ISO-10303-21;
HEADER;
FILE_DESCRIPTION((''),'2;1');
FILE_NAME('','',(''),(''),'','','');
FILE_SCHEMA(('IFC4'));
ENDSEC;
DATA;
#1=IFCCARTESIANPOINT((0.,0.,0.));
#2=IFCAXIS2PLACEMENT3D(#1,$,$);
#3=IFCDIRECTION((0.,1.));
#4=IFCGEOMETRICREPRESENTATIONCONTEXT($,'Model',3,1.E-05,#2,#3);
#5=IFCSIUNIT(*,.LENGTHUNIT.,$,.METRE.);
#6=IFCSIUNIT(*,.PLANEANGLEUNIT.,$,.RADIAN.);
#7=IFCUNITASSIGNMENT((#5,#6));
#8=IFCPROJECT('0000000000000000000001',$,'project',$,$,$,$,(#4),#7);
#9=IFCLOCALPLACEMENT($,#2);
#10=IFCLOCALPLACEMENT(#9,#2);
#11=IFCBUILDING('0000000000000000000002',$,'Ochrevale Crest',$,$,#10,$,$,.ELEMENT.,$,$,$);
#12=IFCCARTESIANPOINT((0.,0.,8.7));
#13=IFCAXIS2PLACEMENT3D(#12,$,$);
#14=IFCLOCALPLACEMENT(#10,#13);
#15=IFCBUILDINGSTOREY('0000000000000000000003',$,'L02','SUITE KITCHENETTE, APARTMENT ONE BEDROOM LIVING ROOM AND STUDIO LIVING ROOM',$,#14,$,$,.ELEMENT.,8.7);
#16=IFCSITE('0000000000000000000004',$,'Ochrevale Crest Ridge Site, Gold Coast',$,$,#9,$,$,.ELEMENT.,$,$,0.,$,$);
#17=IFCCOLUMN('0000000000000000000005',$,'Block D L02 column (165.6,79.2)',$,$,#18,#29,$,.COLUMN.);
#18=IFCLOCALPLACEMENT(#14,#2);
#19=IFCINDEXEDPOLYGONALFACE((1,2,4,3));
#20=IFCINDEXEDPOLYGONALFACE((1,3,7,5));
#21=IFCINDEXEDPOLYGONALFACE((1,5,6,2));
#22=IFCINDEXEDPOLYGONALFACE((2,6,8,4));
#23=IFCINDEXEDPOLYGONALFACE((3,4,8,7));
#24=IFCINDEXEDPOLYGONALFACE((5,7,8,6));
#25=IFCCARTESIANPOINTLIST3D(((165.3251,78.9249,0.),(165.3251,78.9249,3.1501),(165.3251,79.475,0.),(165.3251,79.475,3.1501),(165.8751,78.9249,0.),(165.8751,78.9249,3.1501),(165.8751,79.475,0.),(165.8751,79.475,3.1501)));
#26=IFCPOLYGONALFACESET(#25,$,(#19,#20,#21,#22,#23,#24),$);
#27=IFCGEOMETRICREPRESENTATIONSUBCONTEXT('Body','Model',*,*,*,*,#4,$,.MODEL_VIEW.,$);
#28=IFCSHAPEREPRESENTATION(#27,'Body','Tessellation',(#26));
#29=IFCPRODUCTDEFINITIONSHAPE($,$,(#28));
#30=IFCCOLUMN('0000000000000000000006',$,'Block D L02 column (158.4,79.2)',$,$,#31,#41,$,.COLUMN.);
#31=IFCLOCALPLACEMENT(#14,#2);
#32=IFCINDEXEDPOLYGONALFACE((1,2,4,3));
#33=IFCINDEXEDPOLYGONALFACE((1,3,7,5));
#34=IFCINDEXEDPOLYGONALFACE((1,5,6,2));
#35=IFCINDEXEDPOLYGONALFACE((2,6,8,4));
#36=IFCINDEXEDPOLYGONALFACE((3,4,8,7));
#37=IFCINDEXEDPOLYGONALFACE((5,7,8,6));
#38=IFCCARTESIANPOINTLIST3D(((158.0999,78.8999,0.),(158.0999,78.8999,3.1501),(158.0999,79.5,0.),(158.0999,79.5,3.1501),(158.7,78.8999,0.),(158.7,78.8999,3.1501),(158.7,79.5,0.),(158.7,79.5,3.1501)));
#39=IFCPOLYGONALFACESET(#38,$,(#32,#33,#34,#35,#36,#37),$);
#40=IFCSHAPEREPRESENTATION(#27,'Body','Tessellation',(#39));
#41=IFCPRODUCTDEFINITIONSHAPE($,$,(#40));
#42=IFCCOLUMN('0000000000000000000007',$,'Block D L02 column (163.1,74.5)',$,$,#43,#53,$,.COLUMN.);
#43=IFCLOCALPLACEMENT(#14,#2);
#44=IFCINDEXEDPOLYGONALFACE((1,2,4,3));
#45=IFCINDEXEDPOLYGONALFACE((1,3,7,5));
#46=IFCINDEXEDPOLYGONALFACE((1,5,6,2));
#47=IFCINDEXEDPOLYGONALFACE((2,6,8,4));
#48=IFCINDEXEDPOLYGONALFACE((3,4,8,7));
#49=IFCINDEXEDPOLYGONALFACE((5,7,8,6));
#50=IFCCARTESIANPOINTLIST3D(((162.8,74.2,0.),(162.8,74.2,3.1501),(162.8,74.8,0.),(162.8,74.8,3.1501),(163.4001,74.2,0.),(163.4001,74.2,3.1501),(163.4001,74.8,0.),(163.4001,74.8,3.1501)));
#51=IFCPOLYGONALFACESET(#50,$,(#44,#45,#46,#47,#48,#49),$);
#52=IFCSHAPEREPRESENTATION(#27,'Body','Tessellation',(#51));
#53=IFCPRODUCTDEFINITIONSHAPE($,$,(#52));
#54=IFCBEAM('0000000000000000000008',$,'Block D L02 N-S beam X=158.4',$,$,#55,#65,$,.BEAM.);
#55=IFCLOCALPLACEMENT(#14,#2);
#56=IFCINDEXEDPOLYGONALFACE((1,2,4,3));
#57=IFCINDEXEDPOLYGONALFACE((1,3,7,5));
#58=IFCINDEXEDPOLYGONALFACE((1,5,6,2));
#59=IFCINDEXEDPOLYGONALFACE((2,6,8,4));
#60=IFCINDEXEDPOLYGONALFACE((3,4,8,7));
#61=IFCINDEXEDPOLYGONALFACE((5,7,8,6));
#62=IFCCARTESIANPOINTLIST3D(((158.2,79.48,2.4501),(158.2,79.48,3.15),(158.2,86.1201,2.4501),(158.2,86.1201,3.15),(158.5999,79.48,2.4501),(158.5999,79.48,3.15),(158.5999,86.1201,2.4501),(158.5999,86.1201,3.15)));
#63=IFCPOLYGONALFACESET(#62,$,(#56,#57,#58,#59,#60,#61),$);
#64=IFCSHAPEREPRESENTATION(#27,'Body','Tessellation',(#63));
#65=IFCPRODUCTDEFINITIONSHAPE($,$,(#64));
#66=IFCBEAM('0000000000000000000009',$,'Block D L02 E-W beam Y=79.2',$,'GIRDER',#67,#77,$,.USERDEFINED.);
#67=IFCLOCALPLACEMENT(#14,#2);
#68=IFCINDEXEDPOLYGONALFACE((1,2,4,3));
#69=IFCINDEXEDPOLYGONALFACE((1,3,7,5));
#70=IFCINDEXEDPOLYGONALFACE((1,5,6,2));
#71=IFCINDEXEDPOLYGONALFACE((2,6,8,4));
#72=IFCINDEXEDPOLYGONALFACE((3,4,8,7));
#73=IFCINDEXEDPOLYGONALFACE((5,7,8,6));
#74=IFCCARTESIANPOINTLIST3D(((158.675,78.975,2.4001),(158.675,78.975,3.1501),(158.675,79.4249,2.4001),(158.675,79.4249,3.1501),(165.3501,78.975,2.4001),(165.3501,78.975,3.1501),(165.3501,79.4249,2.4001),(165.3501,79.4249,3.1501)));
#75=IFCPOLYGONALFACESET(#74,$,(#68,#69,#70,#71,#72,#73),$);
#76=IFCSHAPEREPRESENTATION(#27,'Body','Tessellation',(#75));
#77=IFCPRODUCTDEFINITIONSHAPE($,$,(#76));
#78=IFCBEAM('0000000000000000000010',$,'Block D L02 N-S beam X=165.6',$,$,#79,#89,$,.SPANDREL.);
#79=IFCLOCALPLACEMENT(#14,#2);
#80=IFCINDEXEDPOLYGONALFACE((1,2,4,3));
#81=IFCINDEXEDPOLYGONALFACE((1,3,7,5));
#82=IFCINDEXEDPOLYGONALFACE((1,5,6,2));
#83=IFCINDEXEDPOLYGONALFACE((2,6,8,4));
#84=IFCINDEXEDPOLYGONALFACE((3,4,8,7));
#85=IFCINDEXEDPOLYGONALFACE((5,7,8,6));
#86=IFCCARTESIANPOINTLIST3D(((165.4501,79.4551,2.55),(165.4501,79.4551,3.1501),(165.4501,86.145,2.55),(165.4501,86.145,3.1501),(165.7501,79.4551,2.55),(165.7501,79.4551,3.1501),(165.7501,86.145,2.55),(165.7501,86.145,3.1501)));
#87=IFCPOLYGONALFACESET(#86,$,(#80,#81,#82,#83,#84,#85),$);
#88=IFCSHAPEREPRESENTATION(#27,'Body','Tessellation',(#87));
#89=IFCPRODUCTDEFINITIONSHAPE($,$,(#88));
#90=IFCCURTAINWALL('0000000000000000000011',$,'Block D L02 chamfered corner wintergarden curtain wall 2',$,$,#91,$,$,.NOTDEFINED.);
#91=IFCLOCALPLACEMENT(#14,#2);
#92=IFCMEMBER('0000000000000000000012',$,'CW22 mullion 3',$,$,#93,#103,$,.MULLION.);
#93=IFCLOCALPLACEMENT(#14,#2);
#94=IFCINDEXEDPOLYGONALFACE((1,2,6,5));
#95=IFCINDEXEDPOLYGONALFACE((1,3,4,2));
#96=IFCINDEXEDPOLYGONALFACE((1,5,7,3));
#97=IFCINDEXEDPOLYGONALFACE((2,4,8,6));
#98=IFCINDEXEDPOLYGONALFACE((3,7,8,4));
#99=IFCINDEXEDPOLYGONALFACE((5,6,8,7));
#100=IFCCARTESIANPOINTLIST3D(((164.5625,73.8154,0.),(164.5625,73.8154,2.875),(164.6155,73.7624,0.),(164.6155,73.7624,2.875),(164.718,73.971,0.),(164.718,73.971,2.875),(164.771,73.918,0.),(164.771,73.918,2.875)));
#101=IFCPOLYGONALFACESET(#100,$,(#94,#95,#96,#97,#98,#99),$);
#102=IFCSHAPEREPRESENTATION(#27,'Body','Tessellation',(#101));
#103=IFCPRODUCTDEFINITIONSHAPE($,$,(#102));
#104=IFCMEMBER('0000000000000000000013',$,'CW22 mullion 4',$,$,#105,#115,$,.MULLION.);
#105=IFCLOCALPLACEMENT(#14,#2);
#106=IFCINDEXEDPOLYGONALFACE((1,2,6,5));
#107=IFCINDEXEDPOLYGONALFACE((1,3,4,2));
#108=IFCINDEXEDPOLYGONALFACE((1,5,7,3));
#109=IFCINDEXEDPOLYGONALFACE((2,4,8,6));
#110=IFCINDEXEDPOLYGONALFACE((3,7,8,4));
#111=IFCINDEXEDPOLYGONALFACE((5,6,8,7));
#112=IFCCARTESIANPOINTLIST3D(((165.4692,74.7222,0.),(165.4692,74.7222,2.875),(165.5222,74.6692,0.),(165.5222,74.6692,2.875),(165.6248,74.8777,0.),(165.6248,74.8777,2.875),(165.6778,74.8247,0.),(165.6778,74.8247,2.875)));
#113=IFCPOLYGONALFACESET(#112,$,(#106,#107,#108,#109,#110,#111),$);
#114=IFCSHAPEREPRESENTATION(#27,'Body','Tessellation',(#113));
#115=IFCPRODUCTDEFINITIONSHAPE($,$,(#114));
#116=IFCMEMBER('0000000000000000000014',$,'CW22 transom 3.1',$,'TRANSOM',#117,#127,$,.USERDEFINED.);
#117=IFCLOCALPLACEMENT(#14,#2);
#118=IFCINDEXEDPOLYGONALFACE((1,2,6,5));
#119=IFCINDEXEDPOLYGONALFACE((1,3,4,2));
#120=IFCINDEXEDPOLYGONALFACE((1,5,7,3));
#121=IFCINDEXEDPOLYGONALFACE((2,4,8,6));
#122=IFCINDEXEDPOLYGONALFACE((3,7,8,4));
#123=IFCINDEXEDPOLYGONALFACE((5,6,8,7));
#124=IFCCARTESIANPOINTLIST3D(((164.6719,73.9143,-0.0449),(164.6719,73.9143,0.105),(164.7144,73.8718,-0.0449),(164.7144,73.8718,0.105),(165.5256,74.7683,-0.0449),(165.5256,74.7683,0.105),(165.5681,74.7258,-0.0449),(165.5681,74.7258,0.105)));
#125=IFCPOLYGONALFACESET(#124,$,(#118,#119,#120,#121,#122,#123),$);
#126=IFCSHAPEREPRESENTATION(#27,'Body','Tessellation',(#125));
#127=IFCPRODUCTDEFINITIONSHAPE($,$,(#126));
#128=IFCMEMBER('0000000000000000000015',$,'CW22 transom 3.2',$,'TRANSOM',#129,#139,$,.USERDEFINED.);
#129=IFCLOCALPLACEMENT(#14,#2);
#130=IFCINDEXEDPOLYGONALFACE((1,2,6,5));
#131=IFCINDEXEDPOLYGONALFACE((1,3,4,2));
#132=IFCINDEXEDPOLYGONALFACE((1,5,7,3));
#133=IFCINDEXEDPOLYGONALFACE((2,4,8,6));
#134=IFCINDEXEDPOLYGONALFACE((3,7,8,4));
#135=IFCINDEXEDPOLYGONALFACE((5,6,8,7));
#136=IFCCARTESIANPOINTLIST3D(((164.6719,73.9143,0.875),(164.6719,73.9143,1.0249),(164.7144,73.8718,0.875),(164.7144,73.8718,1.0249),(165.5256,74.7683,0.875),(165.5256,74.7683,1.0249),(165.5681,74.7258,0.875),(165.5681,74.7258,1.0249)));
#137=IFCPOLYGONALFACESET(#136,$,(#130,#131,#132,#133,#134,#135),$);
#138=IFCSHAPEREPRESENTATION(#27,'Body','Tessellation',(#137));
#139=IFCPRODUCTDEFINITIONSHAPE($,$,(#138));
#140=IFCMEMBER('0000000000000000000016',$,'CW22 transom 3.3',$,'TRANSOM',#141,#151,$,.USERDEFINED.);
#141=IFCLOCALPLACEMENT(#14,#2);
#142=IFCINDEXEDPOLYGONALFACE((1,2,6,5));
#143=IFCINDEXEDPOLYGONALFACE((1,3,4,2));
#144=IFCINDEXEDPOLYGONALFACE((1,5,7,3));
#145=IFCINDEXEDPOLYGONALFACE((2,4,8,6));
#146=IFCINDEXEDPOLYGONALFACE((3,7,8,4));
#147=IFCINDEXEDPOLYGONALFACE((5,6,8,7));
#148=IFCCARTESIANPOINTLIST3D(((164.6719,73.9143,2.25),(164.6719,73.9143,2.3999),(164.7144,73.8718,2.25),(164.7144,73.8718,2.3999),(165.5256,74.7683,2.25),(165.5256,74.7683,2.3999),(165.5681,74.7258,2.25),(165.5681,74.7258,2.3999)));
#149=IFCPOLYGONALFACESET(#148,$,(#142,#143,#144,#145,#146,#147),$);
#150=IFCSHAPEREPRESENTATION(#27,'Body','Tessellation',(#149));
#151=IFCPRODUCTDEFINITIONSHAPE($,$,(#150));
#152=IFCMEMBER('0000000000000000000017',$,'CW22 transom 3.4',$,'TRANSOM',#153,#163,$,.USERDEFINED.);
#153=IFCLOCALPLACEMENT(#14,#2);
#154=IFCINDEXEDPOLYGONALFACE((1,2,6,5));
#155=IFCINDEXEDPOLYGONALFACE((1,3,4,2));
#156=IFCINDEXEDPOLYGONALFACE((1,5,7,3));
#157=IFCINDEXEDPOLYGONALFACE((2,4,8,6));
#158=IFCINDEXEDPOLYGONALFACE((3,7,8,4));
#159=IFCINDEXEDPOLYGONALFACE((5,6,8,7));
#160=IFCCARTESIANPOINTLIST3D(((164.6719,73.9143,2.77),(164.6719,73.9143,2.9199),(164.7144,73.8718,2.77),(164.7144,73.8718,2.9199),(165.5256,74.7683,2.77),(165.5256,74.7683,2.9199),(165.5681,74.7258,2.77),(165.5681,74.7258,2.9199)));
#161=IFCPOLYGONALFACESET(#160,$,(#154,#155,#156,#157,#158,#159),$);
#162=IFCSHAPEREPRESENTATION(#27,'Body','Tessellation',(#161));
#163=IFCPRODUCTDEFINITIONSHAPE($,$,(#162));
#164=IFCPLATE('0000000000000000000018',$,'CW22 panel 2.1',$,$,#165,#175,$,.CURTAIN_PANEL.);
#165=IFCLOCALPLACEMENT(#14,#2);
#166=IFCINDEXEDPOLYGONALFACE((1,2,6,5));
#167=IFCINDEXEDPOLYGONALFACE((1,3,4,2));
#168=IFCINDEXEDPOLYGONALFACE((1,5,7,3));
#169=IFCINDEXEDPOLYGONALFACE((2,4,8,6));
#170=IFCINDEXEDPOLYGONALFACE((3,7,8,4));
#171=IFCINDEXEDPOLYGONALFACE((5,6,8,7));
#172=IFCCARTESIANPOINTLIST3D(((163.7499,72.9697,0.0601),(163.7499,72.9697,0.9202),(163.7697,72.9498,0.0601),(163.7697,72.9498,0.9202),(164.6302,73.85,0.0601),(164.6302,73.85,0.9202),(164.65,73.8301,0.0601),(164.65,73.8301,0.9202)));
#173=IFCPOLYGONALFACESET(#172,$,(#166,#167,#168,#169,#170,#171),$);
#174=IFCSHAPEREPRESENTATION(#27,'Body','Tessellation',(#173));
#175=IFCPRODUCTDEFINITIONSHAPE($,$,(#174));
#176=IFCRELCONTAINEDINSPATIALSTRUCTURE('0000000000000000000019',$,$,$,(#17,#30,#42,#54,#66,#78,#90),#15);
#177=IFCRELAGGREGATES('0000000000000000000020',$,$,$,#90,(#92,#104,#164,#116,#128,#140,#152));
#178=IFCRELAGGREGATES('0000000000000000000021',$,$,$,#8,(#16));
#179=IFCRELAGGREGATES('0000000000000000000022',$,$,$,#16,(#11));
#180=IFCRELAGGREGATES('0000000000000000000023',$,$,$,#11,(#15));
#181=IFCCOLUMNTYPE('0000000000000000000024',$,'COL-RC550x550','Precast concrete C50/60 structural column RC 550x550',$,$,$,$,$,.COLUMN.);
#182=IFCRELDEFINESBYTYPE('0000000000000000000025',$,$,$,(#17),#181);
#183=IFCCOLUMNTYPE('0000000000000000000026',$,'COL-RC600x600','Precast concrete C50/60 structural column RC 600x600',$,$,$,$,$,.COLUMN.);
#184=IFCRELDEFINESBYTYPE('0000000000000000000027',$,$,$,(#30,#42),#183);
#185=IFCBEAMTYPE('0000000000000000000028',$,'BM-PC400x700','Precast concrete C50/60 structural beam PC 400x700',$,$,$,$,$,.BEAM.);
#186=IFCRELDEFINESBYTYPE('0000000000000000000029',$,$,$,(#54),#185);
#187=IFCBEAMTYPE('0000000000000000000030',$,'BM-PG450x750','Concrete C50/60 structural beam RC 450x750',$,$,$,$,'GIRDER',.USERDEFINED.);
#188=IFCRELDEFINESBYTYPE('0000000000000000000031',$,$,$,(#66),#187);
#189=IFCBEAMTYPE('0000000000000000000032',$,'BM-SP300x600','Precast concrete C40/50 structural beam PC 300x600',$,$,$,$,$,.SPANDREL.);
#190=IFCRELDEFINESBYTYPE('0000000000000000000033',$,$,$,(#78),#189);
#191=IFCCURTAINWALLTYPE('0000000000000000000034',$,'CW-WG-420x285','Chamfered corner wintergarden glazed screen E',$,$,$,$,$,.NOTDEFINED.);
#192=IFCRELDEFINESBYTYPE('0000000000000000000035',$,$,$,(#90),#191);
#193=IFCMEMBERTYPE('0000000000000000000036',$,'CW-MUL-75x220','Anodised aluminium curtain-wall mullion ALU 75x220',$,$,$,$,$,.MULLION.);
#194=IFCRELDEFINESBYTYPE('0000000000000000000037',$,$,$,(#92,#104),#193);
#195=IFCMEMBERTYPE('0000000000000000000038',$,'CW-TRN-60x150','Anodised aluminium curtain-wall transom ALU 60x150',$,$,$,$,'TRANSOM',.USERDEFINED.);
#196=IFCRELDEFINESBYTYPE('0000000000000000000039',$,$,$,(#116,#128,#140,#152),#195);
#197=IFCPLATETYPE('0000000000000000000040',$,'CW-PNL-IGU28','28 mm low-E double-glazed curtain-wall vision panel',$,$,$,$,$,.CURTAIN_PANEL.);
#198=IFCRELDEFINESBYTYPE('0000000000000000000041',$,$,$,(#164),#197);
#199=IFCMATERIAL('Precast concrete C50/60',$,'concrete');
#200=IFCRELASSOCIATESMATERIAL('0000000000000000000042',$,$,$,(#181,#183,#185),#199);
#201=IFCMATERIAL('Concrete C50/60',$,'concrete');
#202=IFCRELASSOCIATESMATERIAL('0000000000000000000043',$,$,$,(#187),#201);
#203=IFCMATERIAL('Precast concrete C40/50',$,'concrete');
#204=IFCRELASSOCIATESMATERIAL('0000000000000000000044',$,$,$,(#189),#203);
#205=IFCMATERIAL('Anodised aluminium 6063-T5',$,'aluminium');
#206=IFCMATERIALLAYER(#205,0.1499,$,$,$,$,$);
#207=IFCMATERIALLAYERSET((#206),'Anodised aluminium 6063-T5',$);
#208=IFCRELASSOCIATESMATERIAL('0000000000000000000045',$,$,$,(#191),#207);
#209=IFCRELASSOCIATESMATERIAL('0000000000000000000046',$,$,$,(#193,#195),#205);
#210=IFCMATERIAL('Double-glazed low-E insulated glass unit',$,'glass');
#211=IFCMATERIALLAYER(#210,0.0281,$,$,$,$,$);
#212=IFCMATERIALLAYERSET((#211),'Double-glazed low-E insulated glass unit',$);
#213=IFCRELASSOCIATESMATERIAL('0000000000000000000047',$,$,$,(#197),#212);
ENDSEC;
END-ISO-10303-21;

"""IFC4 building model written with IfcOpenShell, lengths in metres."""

from ifc_helpers import new_model, si_unit, direction, frame, origin, origin_2d, place, context, subcontext, project, spatial, rectangle, extrude, material, layer, layer_set, material_profile, profile_set, type_object, element, aggregate, save


model = new_model("IFC4")

# Units and contexts
model_context = context("Model", 3, precision=1e-05, world=origin(), true_north=direction((0.0, 1.0)))
body_context = subcontext(model_context, "Body", "Model", "MODEL_VIEW")
ifc_project = project(units=[si_unit("LENGTHUNIT", "METRE"), si_unit("PLANEANGLEUNIT", "RADIAN")], contexts=[model_context])

# Site, building, storey
site_placement = place(None, origin())
site = spatial("IfcSite", under=ifc_project, at=site_placement, Name="Ochrevale Crest Ridge Site, Gold Coast", CompositionType="ELEMENT", RefElevation=0.0)
building_placement = place(site_placement, origin())
building = spatial("IfcBuilding", under=site, at=building_placement, Name="Ochrevale Crest", CompositionType="ELEMENT")
storey_placement = place(building_placement, frame((0.0, 0.0, 8.7)))
storey = spatial("IfcBuildingStorey", under=building, at=storey_placement, Name="L02", Description="SUITE KITCHENETTE, APARTMENT ONE BEDROOM LIVING ROOM AND STUDIO LIVING ROOM", CompositionType="ELEMENT", Elevation=8.7)

# Columns
ifc_material_1 = material(Name="Precast concrete C50/60", Category="concrete")
ifc_material_profile_1 = material_profile(ifc_material_1, rectangle(XDim=0.55, YDim=0.55, at=origin_2d()), Name="RC 550x550")
ifc_profile_set_1 = profile_set([ifc_material_profile_1], Name="Precast concrete C50/60")
column_type_1 = type_object("IfcColumnType", Name="COL-RC550x550", Description="Precast concrete C50/60 structural column RC 550x550", PredefinedType="COLUMN", material=ifc_profile_set_1)
column_placement = place(storey_placement, frame((165.6001, 79.2, 0.0), z_axis=(0.0, 0.0, 1.0), x_axis=(1.0, 0.0, 0.0)))
element("IfcColumn", 1, at=column_placement, inside=storey, type_object=column_type_1, Name="Block D L02 column (165.6,79.2)", PredefinedType="COLUMN", context=body_context, shape_type="SweptSolid", body=[
    extrude(rectangle(XDim=0.55, YDim=0.55, at=origin_2d()), origin(), (0.0, 0.0, 1.0), 3.1501),
])
ifc_material_profile_2 = material_profile(ifc_material_1, rectangle(XDim=0.6001, YDim=0.6001, at=origin_2d()), Name="RC 600x600")
ifc_profile_set_2 = profile_set([ifc_material_profile_2], Name="Precast concrete C50/60")
column_type_2 = type_object("IfcColumnType", Name="COL-RC600x600", Description="Precast concrete C50/60 structural column RC 600x600", PredefinedType="COLUMN", material=ifc_profile_set_2)
for number, where, z_axis, x_axis, name in (
    (2, (158.3999, 79.2, 0.0), (0.0, 0.0, 1.0), (1.0, 0.0, 0.0), "Block D L02 column (158.4,79.2)"),
    (3, (163.1001, 74.5, 0.0), (0.0, 0.0, 1.0), (1.0, 0.0, 0.0), "Block D L02 column (163.1,74.5)"),
):
    element("IfcColumn", number, at=place(storey_placement, frame(where, z_axis=z_axis, x_axis=x_axis)), inside=storey, type_object=column_type_2, Name=name, PredefinedType="COLUMN", context=body_context, shape_type="SweptSolid", body=[
        extrude(rectangle(XDim=0.6001, YDim=0.6001, at=origin_2d()), origin(), (0.0, 0.0, 1.0), 3.1501),
    ])

# Beams
ifc_material_profile_3 = material_profile(ifc_material_1, rectangle(XDim=0.3999, YDim=0.7, at=origin_2d()), Name="PC 400x700")
ifc_profile_set_3 = profile_set([ifc_material_profile_3], Name="Precast concrete C50/60")
beam_type_1 = type_object("IfcBeamType", Name="BM-PC400x700", Description="Precast concrete C50/60 structural beam PC 400x700", PredefinedType="BEAM", material=ifc_profile_set_3)
beam_1_placement = place(storey_placement, frame((158.3999, 79.48, 2.8), z_axis=(0.0, 1.0, 0.0), x_axis=(-1.0, 0.0, 0.0)))
element("IfcBeam", 4, at=beam_1_placement, inside=storey, type_object=beam_type_1, Name="Block D L02 N-S beam X=158.4", PredefinedType="BEAM", context=body_context, shape_type="SweptSolid", body=[
    extrude(rectangle(XDim=0.3999, YDim=0.7, at=origin_2d()), origin(), (0.0, 0.0, 1.0), 6.6401),
])
ifc_material_2 = material(Name="Concrete C50/60", Category="concrete")
ifc_material_profile_4 = material_profile(ifc_material_2, rectangle(XDim=0.45, YDim=0.75, at=origin_2d()), Name="RC 450x750")
ifc_profile_set_4 = profile_set([ifc_material_profile_4], Name="Concrete C50/60")
beam_type_2 = type_object("IfcBeamType", Name="BM-PG450x750", Description="Concrete C50/60 structural beam RC 450x750", ElementType="GIRDER", PredefinedType="USERDEFINED", material=ifc_profile_set_4)
beam_2_placement = place(storey_placement, frame((158.675, 79.2, 2.7751), z_axis=(1.0, 0.0, 0.0), x_axis=(0.0, 1.0, 0.0)))
element("IfcBeam", 5, at=beam_2_placement, inside=storey, type_object=beam_type_2, Name="Block D L02 E-W beam Y=79.2", ObjectType="GIRDER", PredefinedType="USERDEFINED", context=body_context, shape_type="SweptSolid", body=[
    extrude(rectangle(XDim=0.45, YDim=0.75, at=origin_2d()), origin(), (0.0, 0.0, 1.0), 6.675),
])
ifc_material_3 = material(Name="Precast concrete C40/50", Category="concrete")
ifc_material_profile_5 = material_profile(ifc_material_3, rectangle(XDim=0.3, YDim=0.6001, at=origin_2d()), Name="PC 300x600")
ifc_profile_set_5 = profile_set([ifc_material_profile_5], Name="Precast concrete C40/50")
beam_type_3 = type_object("IfcBeamType", Name="BM-SP300x600", Description="Precast concrete C40/50 structural beam PC 300x600", PredefinedType="SPANDREL", material=ifc_profile_set_5)
beam_3_placement = place(storey_placement, frame((165.6001, 79.4551, 2.8501), z_axis=(0.0, 1.0, 0.0), x_axis=(-1.0, 0.0, 0.0)))
element("IfcBeam", 6, at=beam_3_placement, inside=storey, type_object=beam_type_3, Name="Block D L02 N-S beam X=165.6", PredefinedType="SPANDREL", context=body_context, shape_type="SweptSolid", body=[
    extrude(rectangle(XDim=0.3, YDim=0.6001, at=origin_2d()), origin(), (0.0, 0.0, 1.0), 6.6899),
])

# Curtain wall, members, plate
ifc_material_4 = material(Name="Anodised aluminium 6063-T5", Category="aluminium")
ifc_layer_1 = layer(ifc_material_4, 0.1499)
ifc_layer_set_1 = layer_set([ifc_layer_1], Name="Anodised aluminium 6063-T5")
curtain_wall_type = type_object("IfcCurtainWallType", Name="CW-WG-420x285", Description="Chamfered corner wintergarden glazed screen E", PredefinedType="NOTDEFINED", material=ifc_layer_set_1)
curtain_wall_placement = place(storey_placement, origin())
curtain_wall = element("IfcCurtainWall", 7, at=curtain_wall_placement, inside=storey, type_object=curtain_wall_type, Name="Block D L02 chamfered corner wintergarden curtain wall 2", PredefinedType="NOTDEFINED")
ifc_material_profile_6 = material_profile(ifc_material_4, rectangle(XDim=0.075, YDim=0.22, at=origin_2d()), Name="ALU 75x220")
ifc_profile_set_6 = profile_set([ifc_material_profile_6], Name="Anodised aluminium 6063-T5")
member_type_1 = type_object("IfcMemberType", Name="CW-MUL-75x220", Description="Anodised aluminium curtain-wall mullion ALU 75x220", PredefinedType="MULLION", material=ifc_profile_set_6)
member_1_placement = place(storey_placement, frame((164.6667, 73.8667, 0.0), z_axis=(0.0, 0.0, 1.0), x_axis=(-0.707107, 0.707107, 0.0)))
member_1 = element("IfcMember", 8, at=member_1_placement, type_object=member_type_1, Name="CW22 mullion 3", PredefinedType="MULLION", context=body_context, shape_type="SweptSolid", body=[
    extrude(rectangle(XDim=0.075, YDim=0.22, at=origin_2d()), origin(), (0.0, 0.0, 1.0), 2.875),
])
member_2_placement = place(storey_placement, frame((165.5735, 74.7734, 0.0), z_axis=(0.0, 0.0, 1.0), x_axis=(-0.707107, 0.707107, 0.0)))
member_2 = element("IfcMember", 9, at=member_2_placement, type_object=member_type_1, Name="CW22 mullion 4", PredefinedType="MULLION", context=body_context, shape_type="SweptSolid", body=[
    extrude(rectangle(XDim=0.075, YDim=0.22, at=origin_2d()), origin(), (0.0, 0.0, 1.0), 2.875),
])
ifc_material_profile_7 = material_profile(ifc_material_4, rectangle(XDim=0.0601, YDim=0.1499, at=origin_2d()), Name="ALU 60x150")
ifc_profile_set_7 = profile_set([ifc_material_profile_7], Name="Anodised aluminium 6063-T5")
member_type_2 = type_object("IfcMemberType", Name="CW-TRN-60x150", Description="Anodised aluminium curtain-wall transom ALU 60x150", ElementType="TRANSOM", PredefinedType="USERDEFINED", material=ifc_profile_set_7)
member_3_placement = place(storey_placement, frame((164.6931, 73.8931, 0.03), z_axis=(0.707006, 0.707208, 0.0), x_axis=(-0.707208, 0.707006, 0.0)))
member_3 = element("IfcMember", 10, at=member_3_placement, type_object=member_type_2, Name="CW22 transom 3.1", ObjectType="TRANSOM", PredefinedType="USERDEFINED", context=body_context, shape_type="SweptSolid", body=[
    extrude(rectangle(XDim=0.0601, YDim=0.1499, at=origin_2d()), origin(), (0.0, 0.0, 1.0), 1.2075),
])
member_4_placement = place(storey_placement, frame((164.6931, 73.8931, 0.95), z_axis=(0.707006, 0.707208, 0.0), x_axis=(-0.707208, 0.707006, 0.0)))
member_4 = element("IfcMember", 11, at=member_4_placement, type_object=member_type_2, Name="CW22 transom 3.2", ObjectType="TRANSOM", PredefinedType="USERDEFINED", context=body_context, shape_type="SweptSolid", body=[
    extrude(rectangle(XDim=0.0601, YDim=0.1499, at=origin_2d()), origin(), (0.0, 0.0, 1.0), 1.2075),
])
member_5_placement = place(storey_placement, frame((164.6931, 73.8931, 2.325), z_axis=(0.707006, 0.707208, 0.0), x_axis=(-0.707208, 0.707006, 0.0)))
member_5 = element("IfcMember", 12, at=member_5_placement, type_object=member_type_2, Name="CW22 transom 3.3", ObjectType="TRANSOM", PredefinedType="USERDEFINED", context=body_context, shape_type="SweptSolid", body=[
    extrude(rectangle(XDim=0.0601, YDim=0.1499, at=origin_2d()), origin(), (0.0, 0.0, 1.0), 1.2075),
])
member_6_placement = place(storey_placement, frame((164.6931, 73.8931, 2.845), z_axis=(0.707006, 0.707208, 0.0), x_axis=(-0.707208, 0.707006, 0.0)))
member_6 = element("IfcMember", 13, at=member_6_placement, type_object=member_type_2, Name="CW22 transom 3.4", ObjectType="TRANSOM", PredefinedType="USERDEFINED", context=body_context, shape_type="SweptSolid", body=[
    extrude(rectangle(XDim=0.0601, YDim=0.1499, at=origin_2d()), origin(), (0.0, 0.0, 1.0), 1.2075),
])
ifc_material_5 = material(Name="Double-glazed low-E insulated glass unit", Category="glass")
ifc_layer_2 = layer(ifc_material_5, 0.0281)
ifc_layer_set_2 = layer_set([ifc_layer_2], Name="Double-glazed low-E insulated glass unit")
plate_type = type_object("IfcPlateType", Name="CW-PNL-IGU28", Description="28 mm low-E double-glazed curtain-wall vision panel", PredefinedType="CURTAIN_PANEL", material=ifc_layer_set_2)
plate_1_placement = place(storey_placement, frame((164.2, 73.3999, 0.0601), z_axis=(0.0, 0.0, 1.0), x_axis=(0.707107, 0.707107, 0.0)))
plate_1 = element("IfcPlate", 14, at=plate_1_placement, type_object=plate_type, Name="CW22 panel 2.1", PredefinedType="CURTAIN_PANEL", context=body_context, shape_type="SweptSolid", body=[
    extrude(rectangle(XDim=1.2449, YDim=0.0281, at=origin_2d()), origin(), (0.0, 0.0, 1.0), 0.8601),
])
aggregate(curtain_wall, [member_1, member_2, plate_1, member_3, member_4, member_5, member_6])

save(model, "model.ifc")
